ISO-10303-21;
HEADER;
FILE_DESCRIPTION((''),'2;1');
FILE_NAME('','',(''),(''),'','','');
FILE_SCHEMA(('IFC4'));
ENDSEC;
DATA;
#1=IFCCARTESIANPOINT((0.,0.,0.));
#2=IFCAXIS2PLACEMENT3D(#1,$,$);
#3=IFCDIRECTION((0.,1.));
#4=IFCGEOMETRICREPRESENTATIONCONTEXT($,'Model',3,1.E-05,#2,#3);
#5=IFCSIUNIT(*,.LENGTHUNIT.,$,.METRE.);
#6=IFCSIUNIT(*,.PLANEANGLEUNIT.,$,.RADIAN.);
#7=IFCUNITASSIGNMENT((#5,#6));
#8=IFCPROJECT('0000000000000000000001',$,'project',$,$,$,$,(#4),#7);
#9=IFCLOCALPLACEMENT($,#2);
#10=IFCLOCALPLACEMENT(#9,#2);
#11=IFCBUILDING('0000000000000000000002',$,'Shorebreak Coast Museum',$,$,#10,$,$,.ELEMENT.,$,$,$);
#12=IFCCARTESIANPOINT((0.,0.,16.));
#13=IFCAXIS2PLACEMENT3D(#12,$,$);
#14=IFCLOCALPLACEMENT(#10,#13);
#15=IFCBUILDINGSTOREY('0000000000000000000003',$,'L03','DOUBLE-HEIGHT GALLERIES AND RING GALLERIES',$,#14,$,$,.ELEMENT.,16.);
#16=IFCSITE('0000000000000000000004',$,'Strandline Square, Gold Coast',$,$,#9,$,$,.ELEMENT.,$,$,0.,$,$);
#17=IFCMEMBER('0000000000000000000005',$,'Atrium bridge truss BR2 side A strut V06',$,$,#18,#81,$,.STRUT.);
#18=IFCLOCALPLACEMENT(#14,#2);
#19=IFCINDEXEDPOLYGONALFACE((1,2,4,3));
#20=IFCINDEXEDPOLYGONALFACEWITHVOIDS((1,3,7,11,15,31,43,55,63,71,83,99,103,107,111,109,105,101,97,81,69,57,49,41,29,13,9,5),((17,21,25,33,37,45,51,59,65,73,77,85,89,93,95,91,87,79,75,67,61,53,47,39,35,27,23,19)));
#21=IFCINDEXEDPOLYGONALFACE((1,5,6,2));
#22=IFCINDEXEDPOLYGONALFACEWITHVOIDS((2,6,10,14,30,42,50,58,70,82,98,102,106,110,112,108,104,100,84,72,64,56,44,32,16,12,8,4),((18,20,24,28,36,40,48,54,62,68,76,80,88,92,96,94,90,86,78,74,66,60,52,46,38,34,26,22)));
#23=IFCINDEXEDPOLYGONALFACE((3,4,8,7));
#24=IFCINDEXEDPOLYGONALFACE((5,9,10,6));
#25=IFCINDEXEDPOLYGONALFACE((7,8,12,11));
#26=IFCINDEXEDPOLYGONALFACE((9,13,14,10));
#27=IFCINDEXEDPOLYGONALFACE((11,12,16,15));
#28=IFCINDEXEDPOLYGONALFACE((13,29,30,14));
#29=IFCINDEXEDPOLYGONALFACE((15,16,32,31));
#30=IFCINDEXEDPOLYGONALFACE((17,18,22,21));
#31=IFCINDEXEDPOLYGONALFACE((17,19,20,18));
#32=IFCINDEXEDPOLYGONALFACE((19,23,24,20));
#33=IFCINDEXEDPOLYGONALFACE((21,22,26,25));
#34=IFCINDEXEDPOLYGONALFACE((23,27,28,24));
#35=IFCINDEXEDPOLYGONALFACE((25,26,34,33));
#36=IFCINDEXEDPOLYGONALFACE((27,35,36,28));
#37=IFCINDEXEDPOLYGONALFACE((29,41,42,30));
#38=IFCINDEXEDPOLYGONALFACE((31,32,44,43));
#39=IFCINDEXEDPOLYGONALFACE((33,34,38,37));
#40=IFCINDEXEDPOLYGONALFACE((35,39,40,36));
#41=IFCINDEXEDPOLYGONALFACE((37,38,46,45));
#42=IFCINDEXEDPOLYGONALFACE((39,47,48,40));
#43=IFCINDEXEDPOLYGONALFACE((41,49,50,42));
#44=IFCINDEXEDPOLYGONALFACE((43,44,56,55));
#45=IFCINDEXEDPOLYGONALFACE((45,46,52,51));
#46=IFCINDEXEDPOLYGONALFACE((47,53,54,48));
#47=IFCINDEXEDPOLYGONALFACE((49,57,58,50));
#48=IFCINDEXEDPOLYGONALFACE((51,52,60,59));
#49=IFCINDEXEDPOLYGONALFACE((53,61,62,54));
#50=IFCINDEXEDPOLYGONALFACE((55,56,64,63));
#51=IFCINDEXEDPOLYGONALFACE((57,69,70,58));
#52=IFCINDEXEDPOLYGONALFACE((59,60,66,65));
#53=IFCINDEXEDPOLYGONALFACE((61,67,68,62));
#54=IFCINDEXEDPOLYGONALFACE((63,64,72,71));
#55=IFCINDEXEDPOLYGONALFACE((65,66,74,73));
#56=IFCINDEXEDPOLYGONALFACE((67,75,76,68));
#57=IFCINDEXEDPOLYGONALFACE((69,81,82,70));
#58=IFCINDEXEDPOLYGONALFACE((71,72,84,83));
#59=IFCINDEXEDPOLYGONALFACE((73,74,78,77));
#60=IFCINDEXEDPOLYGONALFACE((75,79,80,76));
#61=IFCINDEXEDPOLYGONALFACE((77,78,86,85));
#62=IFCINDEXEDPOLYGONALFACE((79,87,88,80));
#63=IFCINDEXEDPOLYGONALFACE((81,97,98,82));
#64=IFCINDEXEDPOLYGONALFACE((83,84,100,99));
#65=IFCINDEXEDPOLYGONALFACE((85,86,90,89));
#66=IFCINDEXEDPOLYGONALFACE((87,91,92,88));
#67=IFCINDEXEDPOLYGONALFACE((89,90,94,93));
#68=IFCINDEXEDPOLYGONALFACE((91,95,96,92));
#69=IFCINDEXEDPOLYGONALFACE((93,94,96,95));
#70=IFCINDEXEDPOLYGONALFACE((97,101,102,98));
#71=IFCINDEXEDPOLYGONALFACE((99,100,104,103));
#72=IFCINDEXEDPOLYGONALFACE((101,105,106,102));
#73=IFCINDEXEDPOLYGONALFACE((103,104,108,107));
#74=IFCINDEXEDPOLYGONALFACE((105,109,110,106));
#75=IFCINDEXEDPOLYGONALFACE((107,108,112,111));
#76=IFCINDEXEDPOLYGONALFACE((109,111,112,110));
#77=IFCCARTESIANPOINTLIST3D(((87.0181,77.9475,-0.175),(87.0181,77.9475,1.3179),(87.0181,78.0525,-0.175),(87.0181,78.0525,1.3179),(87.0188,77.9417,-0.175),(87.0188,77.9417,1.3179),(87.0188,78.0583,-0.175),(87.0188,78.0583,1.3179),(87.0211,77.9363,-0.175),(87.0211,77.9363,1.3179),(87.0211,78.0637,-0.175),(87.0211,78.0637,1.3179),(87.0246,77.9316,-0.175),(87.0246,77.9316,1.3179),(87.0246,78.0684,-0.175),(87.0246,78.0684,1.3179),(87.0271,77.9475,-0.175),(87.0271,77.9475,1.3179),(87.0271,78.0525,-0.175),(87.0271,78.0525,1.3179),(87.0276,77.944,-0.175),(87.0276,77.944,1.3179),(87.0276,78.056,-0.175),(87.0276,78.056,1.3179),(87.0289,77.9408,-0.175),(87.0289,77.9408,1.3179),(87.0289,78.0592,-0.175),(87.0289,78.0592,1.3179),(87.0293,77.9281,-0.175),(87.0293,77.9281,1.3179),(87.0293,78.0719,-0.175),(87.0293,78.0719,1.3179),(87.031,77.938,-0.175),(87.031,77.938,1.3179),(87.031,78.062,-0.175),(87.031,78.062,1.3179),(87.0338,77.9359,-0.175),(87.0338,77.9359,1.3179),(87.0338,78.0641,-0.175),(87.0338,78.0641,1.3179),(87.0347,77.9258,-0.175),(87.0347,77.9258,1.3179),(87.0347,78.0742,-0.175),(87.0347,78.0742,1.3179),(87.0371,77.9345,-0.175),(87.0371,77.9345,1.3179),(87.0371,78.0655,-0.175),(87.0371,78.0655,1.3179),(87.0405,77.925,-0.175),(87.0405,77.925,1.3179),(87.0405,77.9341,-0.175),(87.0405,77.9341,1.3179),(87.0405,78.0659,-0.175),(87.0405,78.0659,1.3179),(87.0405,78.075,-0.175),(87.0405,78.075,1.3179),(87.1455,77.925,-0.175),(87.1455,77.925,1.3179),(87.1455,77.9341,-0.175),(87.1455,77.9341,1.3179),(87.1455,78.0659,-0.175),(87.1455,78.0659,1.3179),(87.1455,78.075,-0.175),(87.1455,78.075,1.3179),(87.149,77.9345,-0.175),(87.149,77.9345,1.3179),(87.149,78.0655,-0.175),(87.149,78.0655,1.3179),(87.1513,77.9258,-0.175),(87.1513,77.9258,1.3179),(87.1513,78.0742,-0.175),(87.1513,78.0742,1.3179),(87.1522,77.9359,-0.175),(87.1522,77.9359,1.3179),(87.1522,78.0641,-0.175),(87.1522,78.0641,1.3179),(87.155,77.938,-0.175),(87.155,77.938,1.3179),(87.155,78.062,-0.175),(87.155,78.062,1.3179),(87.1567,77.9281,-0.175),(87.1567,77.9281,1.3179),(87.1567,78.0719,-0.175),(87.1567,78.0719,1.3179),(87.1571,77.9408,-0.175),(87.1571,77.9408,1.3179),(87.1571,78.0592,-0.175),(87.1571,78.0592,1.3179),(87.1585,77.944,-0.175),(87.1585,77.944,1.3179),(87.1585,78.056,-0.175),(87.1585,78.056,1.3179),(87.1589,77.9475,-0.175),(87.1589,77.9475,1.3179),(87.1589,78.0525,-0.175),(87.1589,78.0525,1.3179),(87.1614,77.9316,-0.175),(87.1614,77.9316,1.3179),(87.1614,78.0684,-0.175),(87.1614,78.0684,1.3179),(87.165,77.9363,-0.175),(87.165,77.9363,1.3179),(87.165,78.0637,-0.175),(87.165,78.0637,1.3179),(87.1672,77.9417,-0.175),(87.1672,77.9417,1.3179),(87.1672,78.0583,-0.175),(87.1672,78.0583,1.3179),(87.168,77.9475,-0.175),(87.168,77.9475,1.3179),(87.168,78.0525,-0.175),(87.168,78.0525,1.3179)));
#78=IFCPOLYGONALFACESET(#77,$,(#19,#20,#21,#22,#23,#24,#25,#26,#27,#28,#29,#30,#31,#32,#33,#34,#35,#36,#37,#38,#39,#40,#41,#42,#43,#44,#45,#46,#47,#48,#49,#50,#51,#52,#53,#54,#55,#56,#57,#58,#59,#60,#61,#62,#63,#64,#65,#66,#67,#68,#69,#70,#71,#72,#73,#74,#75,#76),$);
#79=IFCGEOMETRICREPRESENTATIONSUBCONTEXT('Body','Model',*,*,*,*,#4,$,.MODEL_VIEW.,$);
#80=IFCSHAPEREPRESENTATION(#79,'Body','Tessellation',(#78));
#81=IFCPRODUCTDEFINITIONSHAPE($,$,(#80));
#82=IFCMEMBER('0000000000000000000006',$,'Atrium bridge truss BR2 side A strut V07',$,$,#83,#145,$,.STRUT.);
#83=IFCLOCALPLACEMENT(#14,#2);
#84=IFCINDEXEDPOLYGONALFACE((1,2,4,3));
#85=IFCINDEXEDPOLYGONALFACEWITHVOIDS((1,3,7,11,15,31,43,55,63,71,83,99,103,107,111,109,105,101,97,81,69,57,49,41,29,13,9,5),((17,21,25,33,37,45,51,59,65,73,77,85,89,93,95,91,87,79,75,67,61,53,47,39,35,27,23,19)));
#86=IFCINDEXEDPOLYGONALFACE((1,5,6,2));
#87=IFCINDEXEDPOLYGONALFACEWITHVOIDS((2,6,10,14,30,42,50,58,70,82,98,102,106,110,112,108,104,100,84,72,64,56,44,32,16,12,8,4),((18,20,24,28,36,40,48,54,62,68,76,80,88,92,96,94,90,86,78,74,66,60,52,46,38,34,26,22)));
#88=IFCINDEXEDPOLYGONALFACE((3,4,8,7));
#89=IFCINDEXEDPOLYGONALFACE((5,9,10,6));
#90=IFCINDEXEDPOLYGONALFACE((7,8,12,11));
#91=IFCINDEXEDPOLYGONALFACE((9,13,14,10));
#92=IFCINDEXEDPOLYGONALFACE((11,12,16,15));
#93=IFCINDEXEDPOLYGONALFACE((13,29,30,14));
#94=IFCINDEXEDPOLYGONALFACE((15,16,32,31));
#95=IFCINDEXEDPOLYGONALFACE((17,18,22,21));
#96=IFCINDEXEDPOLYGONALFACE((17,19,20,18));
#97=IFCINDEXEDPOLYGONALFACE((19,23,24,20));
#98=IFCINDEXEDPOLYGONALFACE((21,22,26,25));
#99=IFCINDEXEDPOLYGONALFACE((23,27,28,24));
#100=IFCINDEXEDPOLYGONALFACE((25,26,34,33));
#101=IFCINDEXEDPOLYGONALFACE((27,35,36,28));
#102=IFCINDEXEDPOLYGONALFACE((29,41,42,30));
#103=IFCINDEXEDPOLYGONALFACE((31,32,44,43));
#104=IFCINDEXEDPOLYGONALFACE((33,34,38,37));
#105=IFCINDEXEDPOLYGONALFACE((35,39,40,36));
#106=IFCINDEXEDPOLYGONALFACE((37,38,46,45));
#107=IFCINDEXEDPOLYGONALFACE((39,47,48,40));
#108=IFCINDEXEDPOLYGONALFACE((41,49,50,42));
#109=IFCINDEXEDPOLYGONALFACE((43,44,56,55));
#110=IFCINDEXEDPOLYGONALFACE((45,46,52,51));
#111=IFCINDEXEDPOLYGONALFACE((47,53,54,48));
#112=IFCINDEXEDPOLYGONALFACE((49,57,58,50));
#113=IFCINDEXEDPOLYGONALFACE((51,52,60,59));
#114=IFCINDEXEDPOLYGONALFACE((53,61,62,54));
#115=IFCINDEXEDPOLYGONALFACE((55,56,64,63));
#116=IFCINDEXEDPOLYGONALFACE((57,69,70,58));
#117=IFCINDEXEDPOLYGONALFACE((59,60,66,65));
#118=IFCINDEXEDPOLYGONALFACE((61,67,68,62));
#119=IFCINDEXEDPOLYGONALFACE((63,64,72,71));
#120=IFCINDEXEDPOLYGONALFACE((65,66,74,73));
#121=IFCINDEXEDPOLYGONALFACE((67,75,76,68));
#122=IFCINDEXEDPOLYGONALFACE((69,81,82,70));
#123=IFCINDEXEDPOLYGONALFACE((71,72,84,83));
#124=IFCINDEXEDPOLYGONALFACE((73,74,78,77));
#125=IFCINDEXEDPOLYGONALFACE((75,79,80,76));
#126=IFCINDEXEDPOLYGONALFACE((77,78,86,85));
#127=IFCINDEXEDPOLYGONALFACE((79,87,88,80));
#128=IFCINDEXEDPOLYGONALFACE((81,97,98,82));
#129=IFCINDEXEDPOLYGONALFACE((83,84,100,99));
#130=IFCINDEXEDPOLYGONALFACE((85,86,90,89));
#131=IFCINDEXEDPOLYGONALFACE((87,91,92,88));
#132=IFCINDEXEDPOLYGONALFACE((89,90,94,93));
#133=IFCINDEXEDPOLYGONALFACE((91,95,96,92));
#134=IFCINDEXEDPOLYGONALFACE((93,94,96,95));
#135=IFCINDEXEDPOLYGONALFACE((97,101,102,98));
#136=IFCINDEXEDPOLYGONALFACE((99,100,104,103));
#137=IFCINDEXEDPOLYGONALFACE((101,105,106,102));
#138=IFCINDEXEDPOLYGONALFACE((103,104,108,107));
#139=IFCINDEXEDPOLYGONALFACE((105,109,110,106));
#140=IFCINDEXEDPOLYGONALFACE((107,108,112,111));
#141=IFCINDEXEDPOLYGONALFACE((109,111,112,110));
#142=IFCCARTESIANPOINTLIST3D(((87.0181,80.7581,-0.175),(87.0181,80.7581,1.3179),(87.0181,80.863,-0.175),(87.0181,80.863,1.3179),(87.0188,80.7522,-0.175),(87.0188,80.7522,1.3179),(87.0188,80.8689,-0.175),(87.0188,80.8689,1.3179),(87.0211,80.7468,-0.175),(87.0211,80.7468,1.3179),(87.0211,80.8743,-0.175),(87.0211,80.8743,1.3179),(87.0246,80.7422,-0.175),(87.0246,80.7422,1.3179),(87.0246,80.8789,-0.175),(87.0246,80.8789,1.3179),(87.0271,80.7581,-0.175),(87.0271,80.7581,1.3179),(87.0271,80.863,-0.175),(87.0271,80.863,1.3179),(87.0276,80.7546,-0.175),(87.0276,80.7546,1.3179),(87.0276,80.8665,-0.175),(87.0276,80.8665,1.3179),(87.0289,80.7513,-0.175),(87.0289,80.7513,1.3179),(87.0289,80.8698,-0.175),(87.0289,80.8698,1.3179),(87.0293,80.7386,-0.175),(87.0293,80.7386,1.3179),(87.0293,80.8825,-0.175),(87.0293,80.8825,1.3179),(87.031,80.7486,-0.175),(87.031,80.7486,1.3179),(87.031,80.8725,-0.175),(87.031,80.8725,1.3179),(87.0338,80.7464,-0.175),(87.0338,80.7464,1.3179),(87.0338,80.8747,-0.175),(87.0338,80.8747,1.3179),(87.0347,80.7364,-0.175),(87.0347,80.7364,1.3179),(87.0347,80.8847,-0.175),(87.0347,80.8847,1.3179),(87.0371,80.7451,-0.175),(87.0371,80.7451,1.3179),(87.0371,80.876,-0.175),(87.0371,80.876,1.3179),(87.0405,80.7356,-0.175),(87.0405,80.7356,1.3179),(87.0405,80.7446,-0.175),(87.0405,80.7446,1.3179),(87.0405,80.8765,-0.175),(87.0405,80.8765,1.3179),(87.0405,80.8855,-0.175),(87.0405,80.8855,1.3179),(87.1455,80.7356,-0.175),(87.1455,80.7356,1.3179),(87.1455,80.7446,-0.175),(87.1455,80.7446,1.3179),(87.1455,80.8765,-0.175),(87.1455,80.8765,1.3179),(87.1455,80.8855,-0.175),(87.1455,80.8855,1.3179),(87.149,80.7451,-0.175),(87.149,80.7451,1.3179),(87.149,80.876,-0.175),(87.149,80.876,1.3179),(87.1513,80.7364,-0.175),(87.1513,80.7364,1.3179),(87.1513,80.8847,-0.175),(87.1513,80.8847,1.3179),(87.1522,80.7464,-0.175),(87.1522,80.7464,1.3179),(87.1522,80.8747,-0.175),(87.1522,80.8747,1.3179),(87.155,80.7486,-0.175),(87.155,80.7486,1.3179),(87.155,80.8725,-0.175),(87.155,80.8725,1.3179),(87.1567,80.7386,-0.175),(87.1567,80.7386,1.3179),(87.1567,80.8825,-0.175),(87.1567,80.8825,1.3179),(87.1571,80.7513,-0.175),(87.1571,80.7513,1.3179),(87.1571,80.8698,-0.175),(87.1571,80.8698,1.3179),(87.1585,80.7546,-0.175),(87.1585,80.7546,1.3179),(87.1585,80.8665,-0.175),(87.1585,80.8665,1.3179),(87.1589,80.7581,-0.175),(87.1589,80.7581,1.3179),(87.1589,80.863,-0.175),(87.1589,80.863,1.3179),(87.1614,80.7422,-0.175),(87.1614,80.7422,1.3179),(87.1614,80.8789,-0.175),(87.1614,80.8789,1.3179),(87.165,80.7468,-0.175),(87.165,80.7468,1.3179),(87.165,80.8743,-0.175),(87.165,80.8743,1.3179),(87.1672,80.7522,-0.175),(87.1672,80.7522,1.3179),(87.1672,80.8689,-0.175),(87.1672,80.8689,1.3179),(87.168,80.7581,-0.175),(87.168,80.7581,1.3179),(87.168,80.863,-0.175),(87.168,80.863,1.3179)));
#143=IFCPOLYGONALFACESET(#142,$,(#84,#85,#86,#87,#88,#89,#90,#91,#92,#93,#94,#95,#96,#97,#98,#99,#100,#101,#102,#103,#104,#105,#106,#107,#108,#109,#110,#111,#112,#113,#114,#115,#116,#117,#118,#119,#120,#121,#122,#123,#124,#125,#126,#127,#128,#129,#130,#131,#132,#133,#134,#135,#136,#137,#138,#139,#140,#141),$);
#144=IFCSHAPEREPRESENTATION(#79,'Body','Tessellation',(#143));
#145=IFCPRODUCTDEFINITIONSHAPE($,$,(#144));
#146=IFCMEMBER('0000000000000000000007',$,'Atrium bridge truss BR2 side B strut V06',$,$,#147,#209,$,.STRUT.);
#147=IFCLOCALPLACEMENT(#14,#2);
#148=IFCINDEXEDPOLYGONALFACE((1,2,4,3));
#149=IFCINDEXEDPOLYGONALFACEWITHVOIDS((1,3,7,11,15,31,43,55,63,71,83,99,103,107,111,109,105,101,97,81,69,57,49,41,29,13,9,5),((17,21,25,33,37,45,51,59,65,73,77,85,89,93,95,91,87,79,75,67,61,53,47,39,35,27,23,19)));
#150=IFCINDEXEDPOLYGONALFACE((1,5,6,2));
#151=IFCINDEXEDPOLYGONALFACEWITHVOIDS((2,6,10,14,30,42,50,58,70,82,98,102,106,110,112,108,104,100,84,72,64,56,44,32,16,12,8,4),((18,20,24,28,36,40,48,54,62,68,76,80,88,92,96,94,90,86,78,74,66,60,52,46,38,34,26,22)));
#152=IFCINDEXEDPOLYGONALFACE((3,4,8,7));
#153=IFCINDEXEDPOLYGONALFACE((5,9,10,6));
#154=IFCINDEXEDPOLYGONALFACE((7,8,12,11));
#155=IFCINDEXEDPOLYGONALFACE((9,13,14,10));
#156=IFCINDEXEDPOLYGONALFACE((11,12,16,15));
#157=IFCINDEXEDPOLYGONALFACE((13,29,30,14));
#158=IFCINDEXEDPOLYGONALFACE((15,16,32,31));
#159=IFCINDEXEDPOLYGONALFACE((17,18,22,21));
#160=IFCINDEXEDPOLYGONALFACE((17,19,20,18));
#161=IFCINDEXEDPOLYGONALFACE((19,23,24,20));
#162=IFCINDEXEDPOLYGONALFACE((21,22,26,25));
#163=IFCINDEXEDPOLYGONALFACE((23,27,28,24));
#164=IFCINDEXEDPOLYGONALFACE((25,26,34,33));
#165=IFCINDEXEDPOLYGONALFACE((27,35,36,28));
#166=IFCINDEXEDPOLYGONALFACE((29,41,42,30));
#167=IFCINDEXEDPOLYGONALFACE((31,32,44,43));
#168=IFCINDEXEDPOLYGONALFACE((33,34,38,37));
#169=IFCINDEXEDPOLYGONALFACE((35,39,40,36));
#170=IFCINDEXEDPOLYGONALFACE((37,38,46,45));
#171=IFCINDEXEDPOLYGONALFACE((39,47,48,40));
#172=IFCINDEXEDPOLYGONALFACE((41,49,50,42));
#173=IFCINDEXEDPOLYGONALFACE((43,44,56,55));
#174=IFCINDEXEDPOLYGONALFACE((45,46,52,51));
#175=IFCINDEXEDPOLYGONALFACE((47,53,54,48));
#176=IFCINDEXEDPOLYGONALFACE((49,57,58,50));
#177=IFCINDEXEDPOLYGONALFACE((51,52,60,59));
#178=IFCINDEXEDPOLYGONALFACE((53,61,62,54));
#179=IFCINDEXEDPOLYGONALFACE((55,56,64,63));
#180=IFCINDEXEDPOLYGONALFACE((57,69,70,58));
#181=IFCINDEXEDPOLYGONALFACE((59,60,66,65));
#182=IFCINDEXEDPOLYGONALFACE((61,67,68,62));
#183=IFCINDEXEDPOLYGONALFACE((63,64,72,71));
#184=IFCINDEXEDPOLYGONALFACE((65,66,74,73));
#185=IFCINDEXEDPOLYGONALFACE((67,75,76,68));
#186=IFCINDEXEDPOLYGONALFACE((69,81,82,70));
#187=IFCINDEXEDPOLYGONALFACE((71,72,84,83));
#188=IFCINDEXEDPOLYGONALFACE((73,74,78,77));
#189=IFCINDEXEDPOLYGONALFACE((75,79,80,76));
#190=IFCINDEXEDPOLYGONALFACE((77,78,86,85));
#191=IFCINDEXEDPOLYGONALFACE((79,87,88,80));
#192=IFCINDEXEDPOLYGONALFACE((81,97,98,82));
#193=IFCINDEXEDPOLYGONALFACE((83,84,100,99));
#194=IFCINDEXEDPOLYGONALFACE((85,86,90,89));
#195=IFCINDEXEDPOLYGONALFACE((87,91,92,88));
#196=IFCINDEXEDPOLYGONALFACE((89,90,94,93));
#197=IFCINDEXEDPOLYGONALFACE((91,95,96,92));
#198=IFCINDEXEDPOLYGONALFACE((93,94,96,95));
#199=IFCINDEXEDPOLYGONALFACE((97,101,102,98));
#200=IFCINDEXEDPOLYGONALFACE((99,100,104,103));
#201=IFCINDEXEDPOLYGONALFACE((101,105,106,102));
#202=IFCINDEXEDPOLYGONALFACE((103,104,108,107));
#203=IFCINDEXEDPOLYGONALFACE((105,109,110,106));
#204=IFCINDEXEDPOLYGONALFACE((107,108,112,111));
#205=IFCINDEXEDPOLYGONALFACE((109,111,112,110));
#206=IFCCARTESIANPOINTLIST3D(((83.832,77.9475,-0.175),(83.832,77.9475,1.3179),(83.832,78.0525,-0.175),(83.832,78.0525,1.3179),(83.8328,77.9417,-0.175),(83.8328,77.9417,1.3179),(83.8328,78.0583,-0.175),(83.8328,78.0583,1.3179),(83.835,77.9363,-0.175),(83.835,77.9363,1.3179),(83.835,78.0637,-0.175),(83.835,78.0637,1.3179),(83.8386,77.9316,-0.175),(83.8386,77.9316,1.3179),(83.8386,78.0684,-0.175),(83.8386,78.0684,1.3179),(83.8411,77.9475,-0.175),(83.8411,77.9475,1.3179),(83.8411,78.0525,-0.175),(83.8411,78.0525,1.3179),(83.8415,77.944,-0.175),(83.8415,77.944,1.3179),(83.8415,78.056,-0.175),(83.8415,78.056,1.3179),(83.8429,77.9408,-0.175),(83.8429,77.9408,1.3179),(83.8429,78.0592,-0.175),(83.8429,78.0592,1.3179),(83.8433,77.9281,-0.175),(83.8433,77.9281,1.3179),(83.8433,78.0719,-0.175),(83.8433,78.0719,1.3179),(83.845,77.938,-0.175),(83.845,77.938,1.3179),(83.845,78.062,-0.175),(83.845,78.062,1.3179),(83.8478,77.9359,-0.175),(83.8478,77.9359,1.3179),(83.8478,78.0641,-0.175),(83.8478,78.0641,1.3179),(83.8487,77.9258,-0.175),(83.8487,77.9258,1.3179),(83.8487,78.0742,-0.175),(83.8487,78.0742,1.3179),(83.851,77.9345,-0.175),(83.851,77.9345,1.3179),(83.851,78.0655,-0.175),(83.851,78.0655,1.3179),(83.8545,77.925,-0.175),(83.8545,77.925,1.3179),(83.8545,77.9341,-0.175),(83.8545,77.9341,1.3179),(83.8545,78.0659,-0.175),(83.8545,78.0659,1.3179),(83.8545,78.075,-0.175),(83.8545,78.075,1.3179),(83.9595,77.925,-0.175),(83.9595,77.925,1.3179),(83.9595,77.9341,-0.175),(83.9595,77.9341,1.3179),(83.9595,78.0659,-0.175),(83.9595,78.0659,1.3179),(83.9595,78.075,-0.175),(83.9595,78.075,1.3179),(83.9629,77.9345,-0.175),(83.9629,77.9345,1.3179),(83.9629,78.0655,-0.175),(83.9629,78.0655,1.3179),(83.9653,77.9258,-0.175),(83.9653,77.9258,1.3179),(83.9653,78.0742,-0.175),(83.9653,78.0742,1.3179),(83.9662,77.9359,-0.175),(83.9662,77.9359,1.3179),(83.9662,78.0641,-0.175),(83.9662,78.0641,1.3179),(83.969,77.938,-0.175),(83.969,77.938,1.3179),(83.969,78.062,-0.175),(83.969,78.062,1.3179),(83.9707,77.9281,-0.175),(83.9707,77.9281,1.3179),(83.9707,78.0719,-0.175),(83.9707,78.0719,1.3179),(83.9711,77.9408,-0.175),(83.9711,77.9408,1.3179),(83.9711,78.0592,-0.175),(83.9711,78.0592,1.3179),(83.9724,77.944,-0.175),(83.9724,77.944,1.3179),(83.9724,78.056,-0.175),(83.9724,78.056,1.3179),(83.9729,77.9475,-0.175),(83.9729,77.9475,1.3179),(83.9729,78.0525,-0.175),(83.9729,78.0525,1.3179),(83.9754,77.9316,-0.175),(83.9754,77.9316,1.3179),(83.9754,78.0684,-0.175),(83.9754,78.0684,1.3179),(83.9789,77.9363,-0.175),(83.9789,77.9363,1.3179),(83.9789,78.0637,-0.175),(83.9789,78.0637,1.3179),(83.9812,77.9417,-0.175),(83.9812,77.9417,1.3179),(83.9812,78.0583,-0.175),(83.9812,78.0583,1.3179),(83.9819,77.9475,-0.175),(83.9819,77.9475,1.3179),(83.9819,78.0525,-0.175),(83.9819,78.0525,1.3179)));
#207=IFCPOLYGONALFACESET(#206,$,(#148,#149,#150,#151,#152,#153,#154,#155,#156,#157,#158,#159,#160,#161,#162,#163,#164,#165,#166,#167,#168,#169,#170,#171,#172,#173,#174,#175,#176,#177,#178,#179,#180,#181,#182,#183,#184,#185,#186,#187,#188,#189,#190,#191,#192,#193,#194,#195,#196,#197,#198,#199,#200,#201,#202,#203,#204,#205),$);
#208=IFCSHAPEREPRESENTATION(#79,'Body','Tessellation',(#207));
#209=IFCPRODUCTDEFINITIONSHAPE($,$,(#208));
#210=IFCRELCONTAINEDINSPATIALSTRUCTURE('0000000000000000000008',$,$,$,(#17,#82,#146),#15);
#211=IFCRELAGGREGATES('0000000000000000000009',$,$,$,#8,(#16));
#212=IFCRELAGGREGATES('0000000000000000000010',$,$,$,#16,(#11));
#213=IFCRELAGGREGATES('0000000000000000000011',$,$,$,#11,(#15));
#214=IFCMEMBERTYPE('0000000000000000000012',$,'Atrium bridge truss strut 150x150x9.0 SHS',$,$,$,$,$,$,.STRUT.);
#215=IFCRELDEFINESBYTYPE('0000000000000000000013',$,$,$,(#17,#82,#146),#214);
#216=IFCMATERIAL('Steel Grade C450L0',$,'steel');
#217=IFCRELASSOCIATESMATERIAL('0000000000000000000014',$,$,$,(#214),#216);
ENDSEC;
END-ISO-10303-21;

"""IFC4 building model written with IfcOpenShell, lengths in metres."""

from ifc_helpers import new_model, si_unit, direction, frame, origin, origin_2d, place, context, subcontext, project, spatial, hollow_rectangle, extrude, material, material_profile, profile_set, type_object, element, save


model = new_model("IFC4")

# Units and contexts
model_context = context("Model", 3, precision=1e-05, world=origin(), true_north=direction((0.0, 1.0)))
body_context = subcontext(model_context, "Body", "Model", "MODEL_VIEW")
ifc_project = project(units=[si_unit("LENGTHUNIT", "METRE"), si_unit("PLANEANGLEUNIT", "RADIAN")], contexts=[model_context])

# Site, building, storey
site_placement = place(None, origin())
site = spatial("IfcSite", under=ifc_project, at=site_placement, Name="Strandline Square, Gold Coast", CompositionType="ELEMENT", RefElevation=0.0)
building_placement = place(site_placement, origin())
building = spatial("IfcBuilding", under=site, at=building_placement, Name="Shorebreak Coast Museum", CompositionType="ELEMENT")
storey_placement = place(building_placement, frame((0.0, 0.0, 16.0)))
storey = spatial("IfcBuildingStorey", under=building, at=storey_placement, Name="L03", Description="DOUBLE-HEIGHT GALLERIES AND RING GALLERIES", CompositionType="ELEMENT", Elevation=16.0)

# Members
ifc_material_1 = material(Name="Steel Grade C450L0", Category="steel")
ifc_material_profile_1 = material_profile(ifc_material_1, hollow_rectangle(XDim=0.1499, YDim=0.1499, WallThickness=0.009, InnerFilletRadius=0.0134, OuterFilletRadius=0.0225, at=origin_2d()), Name="150x150x9.0 SHS")
ifc_profile_set_1 = profile_set([ifc_material_profile_1], Name="Steel Grade C450L0")
member_type_1 = type_object("IfcMemberType", Name="Atrium bridge truss strut 150x150x9.0 SHS", PredefinedType="STRUT", material=ifc_profile_set_1)
for number, where, z_axis, x_axis, name in (
    (1, (87.093, 78.0, -0.175), (0.0, 0.0, 1.0), (1.0, 0.0, 0.0), "Atrium bridge truss BR2 side A strut V06"),
    (2, (87.093, 80.8105, -0.175), (0.0, 0.0, 1.0), (1.0, 0.0, 0.0), "Atrium bridge truss BR2 side A strut V07"),
    (3, (83.907, 78.0, -0.175), (0.0, 0.0, 1.0), (1.0, 0.0, 0.0), "Atrium bridge truss BR2 side B strut V06"),
):
    element("IfcMember", number, at=place(storey_placement, frame(where, z_axis=z_axis, x_axis=x_axis)), inside=storey, type_object=member_type_1, Name=name, PredefinedType="STRUT", context=body_context, shape_type="SweptSolid", body=[
        extrude(hollow_rectangle(XDim=0.1499, YDim=0.1499, WallThickness=0.009, InnerFilletRadius=0.0134, OuterFilletRadius=0.0225, at=origin_2d()), origin(), (0.0, 0.0, 1.0), 1.4929),
    ])

save(model, "model.ifc")
